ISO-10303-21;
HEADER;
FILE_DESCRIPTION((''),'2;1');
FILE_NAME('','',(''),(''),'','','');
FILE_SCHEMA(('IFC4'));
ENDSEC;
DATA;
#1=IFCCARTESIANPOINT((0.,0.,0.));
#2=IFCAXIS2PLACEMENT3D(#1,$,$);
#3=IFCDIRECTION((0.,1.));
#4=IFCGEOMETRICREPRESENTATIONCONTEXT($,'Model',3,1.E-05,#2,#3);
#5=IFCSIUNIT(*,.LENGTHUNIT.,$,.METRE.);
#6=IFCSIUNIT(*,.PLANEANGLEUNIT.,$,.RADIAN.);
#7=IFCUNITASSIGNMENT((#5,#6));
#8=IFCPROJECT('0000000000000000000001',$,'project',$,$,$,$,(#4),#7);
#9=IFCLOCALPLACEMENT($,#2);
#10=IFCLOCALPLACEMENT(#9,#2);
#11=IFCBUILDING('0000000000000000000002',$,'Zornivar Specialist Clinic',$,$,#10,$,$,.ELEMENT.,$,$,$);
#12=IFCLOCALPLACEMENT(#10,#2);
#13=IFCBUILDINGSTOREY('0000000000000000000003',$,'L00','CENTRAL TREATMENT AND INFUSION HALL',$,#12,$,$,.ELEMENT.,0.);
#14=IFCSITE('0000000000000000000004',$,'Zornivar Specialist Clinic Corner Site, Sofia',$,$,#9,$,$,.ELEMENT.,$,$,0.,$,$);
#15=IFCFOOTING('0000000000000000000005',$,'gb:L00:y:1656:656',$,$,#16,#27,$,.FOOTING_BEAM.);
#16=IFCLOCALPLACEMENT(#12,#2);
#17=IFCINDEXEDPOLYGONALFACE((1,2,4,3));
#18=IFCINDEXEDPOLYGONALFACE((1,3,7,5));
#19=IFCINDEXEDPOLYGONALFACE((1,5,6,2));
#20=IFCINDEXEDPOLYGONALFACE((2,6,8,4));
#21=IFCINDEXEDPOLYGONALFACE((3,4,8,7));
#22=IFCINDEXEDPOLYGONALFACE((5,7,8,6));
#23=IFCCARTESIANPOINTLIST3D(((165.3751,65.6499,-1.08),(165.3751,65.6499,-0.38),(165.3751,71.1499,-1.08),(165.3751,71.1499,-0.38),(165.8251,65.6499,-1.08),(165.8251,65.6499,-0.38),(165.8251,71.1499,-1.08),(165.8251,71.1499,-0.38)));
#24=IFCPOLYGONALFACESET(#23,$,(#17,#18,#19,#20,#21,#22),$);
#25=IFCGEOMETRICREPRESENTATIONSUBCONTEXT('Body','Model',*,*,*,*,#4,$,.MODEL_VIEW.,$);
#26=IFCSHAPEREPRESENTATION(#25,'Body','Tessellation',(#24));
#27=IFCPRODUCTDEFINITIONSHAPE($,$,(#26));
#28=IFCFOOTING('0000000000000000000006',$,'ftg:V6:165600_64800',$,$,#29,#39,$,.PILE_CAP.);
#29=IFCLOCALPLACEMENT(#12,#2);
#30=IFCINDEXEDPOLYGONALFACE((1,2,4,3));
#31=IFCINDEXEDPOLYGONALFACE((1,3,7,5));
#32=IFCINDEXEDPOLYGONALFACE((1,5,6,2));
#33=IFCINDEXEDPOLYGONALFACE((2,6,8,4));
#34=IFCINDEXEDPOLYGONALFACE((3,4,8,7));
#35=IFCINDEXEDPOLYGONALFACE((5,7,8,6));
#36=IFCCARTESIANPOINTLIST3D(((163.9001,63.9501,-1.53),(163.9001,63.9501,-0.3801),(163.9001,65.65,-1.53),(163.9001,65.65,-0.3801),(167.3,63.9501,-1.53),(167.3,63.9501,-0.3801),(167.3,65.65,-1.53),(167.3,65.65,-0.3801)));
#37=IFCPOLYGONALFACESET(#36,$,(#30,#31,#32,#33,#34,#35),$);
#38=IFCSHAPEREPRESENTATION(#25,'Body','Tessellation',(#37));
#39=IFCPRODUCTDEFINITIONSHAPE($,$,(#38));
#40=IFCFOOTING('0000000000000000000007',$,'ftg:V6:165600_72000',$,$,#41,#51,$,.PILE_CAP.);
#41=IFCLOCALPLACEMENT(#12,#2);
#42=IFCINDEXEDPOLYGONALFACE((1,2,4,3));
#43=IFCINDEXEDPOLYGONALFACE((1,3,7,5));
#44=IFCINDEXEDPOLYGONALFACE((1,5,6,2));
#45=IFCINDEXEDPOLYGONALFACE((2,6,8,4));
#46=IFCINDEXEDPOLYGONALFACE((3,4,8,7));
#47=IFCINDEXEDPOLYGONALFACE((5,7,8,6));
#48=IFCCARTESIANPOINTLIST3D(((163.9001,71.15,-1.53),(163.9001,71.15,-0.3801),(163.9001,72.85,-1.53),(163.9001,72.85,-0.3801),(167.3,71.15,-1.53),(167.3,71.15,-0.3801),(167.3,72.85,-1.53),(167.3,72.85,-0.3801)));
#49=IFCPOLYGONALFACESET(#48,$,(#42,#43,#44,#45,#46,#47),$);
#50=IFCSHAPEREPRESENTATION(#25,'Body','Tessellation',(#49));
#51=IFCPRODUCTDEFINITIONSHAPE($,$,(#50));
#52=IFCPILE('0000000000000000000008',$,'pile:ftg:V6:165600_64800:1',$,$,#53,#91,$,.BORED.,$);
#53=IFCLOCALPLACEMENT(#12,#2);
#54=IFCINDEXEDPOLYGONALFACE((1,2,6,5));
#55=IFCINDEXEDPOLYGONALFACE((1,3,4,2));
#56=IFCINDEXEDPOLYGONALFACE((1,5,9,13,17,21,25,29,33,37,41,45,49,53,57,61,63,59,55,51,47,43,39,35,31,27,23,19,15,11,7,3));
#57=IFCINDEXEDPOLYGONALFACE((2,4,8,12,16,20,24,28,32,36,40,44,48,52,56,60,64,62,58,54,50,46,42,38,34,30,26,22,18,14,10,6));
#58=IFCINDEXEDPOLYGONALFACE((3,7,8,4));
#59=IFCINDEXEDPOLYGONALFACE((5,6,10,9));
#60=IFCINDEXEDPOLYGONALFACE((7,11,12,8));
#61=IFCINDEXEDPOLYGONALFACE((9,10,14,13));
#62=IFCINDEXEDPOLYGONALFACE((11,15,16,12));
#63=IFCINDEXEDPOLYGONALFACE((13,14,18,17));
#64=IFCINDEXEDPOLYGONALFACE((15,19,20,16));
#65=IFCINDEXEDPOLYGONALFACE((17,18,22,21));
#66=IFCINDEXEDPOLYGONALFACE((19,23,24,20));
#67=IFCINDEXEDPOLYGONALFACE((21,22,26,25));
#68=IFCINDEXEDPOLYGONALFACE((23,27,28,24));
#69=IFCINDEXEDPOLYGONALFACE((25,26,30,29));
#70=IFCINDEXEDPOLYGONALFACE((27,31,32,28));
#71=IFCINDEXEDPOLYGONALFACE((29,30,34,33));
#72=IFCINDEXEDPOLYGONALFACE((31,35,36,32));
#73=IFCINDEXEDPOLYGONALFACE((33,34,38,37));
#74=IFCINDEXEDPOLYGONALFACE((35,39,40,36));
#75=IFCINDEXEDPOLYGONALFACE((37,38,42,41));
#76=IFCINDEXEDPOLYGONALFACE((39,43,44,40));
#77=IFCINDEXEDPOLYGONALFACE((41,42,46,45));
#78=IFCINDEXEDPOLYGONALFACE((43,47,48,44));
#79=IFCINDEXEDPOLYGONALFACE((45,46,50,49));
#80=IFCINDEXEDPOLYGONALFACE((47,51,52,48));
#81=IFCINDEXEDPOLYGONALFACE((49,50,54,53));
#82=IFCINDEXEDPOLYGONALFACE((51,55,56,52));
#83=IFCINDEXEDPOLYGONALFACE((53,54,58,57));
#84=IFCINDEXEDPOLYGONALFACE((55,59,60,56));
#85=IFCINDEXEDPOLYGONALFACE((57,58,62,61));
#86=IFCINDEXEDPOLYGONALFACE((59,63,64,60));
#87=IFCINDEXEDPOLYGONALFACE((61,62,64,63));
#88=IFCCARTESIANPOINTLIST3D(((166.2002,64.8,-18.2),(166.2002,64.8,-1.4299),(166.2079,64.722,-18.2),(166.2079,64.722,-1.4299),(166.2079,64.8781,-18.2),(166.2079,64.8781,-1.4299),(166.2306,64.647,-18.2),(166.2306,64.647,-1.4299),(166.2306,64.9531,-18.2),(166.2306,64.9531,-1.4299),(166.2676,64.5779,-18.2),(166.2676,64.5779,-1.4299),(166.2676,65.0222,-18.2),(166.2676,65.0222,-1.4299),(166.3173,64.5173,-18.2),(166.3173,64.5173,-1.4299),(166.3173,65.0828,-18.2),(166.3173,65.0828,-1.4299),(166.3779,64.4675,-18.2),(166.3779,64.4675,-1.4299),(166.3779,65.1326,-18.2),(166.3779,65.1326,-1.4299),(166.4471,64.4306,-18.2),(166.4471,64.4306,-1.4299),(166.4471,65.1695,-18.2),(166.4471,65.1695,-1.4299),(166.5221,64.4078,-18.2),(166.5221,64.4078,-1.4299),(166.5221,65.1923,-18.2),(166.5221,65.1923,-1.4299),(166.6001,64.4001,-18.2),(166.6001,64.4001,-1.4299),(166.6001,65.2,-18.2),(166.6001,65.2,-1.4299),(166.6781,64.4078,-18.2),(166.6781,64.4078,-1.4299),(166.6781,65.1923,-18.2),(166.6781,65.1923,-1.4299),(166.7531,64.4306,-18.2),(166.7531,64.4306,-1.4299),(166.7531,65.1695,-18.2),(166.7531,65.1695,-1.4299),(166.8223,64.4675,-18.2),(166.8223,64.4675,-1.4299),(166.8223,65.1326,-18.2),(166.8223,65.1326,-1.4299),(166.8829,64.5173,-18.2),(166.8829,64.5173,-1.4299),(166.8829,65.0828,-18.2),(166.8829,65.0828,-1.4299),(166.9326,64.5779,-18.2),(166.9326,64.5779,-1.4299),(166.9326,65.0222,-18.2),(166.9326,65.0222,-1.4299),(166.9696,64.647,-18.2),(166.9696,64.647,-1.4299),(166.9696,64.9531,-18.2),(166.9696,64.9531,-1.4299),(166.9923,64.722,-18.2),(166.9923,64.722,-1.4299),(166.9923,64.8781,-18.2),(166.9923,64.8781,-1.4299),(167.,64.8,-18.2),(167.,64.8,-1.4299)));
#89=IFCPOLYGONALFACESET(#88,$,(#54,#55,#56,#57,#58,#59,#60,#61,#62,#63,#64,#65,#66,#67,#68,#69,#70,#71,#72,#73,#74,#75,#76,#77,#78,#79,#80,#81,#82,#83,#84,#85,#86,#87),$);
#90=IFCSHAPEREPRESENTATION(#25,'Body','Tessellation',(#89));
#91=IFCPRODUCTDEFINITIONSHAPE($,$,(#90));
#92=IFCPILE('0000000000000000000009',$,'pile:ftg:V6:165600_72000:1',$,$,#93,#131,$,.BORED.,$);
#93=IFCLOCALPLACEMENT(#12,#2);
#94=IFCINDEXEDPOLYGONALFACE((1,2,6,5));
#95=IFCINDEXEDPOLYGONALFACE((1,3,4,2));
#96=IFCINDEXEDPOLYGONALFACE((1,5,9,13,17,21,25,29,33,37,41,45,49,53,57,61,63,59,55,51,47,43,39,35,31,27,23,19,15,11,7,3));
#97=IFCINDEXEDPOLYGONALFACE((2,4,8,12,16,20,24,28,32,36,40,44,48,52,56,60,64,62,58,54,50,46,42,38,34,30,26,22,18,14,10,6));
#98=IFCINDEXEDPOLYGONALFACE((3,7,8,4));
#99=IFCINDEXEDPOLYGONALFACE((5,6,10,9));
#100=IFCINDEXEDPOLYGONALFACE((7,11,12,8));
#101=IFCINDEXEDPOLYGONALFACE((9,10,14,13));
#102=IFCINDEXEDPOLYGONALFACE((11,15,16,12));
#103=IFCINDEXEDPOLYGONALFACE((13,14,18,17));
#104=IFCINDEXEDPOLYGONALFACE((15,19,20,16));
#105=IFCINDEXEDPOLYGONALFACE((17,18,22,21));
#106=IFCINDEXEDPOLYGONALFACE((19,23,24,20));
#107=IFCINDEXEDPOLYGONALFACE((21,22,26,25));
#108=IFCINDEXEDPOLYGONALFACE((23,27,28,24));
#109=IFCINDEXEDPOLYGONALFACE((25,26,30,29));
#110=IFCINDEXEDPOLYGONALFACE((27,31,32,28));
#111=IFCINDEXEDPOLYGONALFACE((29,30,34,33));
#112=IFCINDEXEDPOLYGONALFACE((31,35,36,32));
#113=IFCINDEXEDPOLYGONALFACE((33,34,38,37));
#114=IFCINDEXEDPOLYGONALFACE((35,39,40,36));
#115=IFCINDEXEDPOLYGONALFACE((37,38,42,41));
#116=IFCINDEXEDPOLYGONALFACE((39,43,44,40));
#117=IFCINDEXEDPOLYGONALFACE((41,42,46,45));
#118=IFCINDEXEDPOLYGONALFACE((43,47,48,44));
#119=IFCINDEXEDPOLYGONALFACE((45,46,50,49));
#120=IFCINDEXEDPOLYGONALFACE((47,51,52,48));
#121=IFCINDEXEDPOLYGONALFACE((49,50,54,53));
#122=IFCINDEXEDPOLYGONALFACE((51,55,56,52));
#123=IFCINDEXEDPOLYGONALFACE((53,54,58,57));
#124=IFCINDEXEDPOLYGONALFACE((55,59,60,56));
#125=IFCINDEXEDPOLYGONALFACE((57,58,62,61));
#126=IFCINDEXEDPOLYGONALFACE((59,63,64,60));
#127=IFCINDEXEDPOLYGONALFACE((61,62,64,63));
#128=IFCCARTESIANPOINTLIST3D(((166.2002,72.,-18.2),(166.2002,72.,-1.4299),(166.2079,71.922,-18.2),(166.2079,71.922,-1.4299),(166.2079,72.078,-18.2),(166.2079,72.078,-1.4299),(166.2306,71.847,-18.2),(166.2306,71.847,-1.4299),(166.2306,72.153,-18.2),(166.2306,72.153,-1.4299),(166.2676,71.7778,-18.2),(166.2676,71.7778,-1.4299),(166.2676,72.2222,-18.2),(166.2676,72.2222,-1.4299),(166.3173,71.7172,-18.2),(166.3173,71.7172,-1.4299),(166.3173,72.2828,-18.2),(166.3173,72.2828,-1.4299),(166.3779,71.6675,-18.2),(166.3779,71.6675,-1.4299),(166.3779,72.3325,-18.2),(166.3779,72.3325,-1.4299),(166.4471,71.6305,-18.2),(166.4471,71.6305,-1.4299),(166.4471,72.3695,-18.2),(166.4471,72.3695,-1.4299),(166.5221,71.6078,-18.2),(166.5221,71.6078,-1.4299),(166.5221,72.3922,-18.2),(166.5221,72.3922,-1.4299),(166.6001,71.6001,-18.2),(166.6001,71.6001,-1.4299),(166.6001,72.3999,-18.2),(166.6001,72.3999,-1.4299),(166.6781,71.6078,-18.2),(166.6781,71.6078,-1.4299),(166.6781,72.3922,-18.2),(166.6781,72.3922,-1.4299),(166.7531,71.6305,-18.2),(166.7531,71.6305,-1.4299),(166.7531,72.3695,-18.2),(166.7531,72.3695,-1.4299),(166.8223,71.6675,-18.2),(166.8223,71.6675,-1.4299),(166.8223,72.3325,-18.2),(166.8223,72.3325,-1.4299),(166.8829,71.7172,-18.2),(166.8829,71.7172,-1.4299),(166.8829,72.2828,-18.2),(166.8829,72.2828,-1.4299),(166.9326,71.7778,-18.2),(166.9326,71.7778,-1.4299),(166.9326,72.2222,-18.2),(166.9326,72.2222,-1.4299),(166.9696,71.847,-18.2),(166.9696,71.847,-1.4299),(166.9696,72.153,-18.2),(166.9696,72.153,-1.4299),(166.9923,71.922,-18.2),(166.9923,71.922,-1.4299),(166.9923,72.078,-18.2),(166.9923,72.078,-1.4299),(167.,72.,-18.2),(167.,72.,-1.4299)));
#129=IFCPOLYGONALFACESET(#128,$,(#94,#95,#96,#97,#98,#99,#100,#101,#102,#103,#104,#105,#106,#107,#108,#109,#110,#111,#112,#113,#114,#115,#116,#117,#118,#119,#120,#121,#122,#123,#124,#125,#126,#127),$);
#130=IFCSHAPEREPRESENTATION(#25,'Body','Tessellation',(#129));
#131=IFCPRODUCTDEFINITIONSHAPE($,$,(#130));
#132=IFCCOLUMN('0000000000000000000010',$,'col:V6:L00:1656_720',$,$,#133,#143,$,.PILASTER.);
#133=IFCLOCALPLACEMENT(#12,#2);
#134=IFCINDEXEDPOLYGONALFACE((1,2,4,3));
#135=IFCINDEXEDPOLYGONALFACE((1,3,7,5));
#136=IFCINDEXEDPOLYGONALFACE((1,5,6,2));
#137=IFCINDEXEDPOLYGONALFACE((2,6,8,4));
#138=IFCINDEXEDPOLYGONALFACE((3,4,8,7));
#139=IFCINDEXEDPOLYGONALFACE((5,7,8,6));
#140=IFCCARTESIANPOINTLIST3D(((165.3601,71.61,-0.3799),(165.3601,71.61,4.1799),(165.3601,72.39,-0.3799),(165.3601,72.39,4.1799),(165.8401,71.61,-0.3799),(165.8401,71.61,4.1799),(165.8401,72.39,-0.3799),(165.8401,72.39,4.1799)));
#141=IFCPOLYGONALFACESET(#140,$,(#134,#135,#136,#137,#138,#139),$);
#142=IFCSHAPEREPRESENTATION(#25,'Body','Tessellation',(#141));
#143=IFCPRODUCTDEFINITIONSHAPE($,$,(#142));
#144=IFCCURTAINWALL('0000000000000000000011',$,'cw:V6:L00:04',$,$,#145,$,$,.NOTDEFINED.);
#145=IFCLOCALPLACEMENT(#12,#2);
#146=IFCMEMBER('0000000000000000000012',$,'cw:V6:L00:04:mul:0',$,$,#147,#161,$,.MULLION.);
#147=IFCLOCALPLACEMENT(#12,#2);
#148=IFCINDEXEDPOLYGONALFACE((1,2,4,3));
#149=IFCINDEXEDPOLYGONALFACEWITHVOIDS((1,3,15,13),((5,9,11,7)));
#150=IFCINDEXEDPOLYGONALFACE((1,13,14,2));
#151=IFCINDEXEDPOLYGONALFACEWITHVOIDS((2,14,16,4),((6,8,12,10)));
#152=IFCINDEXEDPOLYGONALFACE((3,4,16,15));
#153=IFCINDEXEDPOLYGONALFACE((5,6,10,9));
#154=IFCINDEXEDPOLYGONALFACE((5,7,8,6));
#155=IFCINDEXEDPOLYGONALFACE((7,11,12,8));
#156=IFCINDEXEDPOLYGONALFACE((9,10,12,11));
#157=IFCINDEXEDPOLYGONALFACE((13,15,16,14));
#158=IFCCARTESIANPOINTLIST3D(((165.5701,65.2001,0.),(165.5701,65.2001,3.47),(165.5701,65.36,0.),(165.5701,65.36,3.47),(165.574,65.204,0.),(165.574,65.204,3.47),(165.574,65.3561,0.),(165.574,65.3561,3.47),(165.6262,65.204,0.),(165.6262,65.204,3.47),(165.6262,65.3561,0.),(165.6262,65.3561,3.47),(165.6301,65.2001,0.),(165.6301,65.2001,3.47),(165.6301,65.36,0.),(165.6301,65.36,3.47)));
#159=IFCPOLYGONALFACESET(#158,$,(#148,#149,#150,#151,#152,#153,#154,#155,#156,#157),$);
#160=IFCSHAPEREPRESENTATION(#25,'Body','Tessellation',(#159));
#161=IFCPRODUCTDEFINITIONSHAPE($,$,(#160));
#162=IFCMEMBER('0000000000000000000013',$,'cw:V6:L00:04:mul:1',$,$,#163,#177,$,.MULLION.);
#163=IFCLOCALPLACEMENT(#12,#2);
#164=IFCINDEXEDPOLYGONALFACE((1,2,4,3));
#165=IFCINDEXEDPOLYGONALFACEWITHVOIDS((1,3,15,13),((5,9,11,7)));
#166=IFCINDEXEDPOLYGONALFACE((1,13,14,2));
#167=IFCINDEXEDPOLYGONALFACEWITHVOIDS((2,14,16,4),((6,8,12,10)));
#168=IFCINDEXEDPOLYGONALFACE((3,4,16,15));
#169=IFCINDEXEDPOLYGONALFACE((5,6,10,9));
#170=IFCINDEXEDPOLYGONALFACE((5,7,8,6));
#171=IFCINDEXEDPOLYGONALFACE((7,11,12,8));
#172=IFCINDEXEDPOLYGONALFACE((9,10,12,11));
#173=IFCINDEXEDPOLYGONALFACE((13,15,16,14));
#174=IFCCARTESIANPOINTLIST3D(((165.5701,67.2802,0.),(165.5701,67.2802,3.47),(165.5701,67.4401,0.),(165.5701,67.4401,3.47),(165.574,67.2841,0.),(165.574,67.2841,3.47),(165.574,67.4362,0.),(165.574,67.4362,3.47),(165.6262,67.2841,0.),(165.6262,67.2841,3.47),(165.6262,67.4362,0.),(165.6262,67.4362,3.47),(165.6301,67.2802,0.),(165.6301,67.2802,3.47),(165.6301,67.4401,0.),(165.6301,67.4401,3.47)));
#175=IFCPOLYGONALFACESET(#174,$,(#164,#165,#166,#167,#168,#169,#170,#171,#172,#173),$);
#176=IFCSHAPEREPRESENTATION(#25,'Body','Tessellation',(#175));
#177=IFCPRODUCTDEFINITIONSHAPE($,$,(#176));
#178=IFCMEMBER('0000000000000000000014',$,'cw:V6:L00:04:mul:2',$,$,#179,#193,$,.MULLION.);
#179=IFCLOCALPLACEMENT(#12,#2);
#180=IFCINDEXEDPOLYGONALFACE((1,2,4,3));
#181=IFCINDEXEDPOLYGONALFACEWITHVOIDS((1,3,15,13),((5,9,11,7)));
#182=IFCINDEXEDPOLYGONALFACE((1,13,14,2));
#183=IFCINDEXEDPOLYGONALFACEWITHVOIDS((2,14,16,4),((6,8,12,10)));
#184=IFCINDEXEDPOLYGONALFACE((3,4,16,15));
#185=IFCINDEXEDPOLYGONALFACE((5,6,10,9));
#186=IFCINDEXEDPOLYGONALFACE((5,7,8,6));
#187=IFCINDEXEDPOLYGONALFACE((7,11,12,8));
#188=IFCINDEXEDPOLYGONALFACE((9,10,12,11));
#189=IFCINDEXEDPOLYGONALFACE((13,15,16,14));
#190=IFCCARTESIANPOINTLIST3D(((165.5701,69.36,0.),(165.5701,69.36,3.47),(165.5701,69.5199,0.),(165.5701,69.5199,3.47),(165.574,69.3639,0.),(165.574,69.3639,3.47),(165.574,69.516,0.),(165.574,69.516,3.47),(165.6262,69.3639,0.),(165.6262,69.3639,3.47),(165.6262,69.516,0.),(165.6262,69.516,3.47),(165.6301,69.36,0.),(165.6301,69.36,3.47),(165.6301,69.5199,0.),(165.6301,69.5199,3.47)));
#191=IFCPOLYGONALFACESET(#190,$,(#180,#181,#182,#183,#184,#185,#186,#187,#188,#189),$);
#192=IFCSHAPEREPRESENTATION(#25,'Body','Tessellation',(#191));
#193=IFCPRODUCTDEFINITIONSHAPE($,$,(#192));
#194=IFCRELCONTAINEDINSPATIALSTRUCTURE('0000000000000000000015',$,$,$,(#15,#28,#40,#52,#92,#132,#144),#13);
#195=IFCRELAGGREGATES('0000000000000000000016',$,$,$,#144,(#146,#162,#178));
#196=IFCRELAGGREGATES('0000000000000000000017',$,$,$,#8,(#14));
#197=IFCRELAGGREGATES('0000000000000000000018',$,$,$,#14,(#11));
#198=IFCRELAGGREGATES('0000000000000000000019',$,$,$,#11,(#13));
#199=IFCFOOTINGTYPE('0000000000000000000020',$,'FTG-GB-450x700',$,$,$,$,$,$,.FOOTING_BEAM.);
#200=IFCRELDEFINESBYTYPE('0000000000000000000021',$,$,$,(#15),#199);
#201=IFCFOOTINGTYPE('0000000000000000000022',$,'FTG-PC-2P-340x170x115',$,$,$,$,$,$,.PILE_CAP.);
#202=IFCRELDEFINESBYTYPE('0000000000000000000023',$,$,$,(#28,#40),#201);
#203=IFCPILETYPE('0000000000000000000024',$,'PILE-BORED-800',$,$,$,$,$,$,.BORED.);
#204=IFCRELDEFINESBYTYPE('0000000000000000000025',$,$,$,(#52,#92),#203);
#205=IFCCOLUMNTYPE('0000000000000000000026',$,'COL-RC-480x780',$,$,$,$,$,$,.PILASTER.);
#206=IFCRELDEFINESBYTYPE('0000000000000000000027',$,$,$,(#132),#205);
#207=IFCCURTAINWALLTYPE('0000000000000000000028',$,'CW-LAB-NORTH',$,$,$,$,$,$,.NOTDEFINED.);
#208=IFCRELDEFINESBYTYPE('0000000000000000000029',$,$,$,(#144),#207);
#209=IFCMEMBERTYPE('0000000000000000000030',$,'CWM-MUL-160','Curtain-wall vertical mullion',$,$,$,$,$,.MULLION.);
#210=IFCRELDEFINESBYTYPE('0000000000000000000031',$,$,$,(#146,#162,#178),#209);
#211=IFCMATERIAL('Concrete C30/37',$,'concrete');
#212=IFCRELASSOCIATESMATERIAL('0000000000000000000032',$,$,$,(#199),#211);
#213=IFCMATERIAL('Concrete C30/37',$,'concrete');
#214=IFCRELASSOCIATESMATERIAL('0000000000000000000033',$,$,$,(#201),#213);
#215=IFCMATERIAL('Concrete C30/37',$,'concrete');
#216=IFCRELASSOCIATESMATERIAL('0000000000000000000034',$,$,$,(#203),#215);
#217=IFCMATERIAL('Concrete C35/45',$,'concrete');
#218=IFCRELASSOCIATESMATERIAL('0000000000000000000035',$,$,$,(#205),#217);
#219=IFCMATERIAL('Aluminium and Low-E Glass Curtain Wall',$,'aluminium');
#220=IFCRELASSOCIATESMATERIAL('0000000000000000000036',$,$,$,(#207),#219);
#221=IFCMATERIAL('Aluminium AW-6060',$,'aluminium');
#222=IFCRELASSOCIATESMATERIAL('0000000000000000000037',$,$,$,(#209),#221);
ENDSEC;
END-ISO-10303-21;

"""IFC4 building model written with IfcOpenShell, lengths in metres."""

from ifc_helpers import new_model, si_unit, direction, frame, origin, origin_2d, place, context, subcontext, project, spatial, rectangle, hollow_rectangle, circle, extrude, material, material_profile, profile_set, type_object, element, aggregate, save


model = new_model("IFC4")

# Units and contexts
model_context = context("Model", 3, precision=1e-05, world=origin(), true_north=direction((0.0, 1.0)))
body_context = subcontext(model_context, "Body", "Model", "MODEL_VIEW")
ifc_project = project(units=[si_unit("LENGTHUNIT", "METRE"), si_unit("PLANEANGLEUNIT", "RADIAN")], contexts=[model_context])

# Site, building, storey
site_placement = place(None, origin())
site = spatial("IfcSite", under=ifc_project, at=site_placement, Name="Zornivar Specialist Clinic Corner Site, Sofia", CompositionType="ELEMENT", RefElevation=0.0)
building_placement = place(site_placement, origin())
building = spatial("IfcBuilding", under=site, at=building_placement, Name="Zornivar Specialist Clinic", CompositionType="ELEMENT")
storey_placement = place(building_placement, origin())
storey = spatial("IfcBuildingStorey", under=building, at=storey_placement, Name="L00", Description="CENTRAL TREATMENT AND INFUSION HALL", CompositionType="ELEMENT", Elevation=0.0)

# Footings
ifc_material_1 = material(Name="Concrete C30/37", Category="concrete")
ifc_material_profile_1 = material_profile(ifc_material_1, rectangle(XDim=0.45, YDim=0.7, at=origin_2d()), Name="RC 450x700")
ifc_profile_set_1 = profile_set([ifc_material_profile_1], Name="Concrete C30/37")
footing_type_1 = type_object("IfcFootingType", Name="FTG-GB-450x700", PredefinedType="FOOTING_BEAM", material=ifc_profile_set_1)
footing_placement = place(storey_placement, frame((165.6001, 65.6499, -0.73), z_axis=(0.0, 1.0, 0.0), x_axis=(-1.0, 0.0, 0.0)))
element("IfcFooting", 1, at=footing_placement, inside=storey, type_object=footing_type_1, Name="gb:L00:y:1656:656", PredefinedType="FOOTING_BEAM", context=body_context, shape_type="SweptSolid", body=[
    extrude(rectangle(XDim=0.45, YDim=0.7, at=origin_2d()), origin(), (0.0, 0.0, 1.0), 5.5),
])
ifc_material_2 = material(Name="Concrete C30/37", Category="concrete")
footing_type_2 = type_object("IfcFootingType", Name="FTG-PC-2P-340x170x115", PredefinedType="PILE_CAP", material=ifc_material_2)
for number, where, z_axis, x_axis, name in (
    (2, (165.6001, 64.8, -1.53), (0.0, 0.0, 1.0), (1.0, 0.0, 0.0), "ftg:V6:165600_64800"),
    (3, (165.6001, 72.0, -1.53), (0.0, 0.0, 1.0), (1.0, 0.0, 0.0), "ftg:V6:165600_72000"),
):
    element("IfcFooting", number, at=place(storey_placement, frame(where, z_axis=z_axis, x_axis=x_axis)), inside=storey, type_object=footing_type_2, Name=name, PredefinedType="PILE_CAP", context=body_context, shape_type="SweptSolid", body=[
        extrude(rectangle(XDim=3.3999, YDim=1.7, at=origin_2d()), origin(), (0.0, 0.0, 1.0), 1.1499),
    ])

# Piles
ifc_material_3 = material(Name="Concrete C30/37", Category="concrete")
ifc_material_profile_2 = material_profile(ifc_material_3, circle(Radius=0.3999, at=origin_2d()), Name="PILE D800")
ifc_profile_set_2 = profile_set([ifc_material_profile_2], Name="Concrete C30/37")
pile_type = type_object("IfcPileType", Name="PILE-BORED-800", PredefinedType="BORED", material=ifc_profile_set_2)
for number, where, z_axis, x_axis, name in (
    (4, (166.6001, 64.8, -1.4299), (0.0, 0.0, -1.0), (1.0, 0.0, 0.0), "pile:ftg:V6:165600_64800:1"),
    (5, (166.6001, 72.0, -1.4299), (0.0, 0.0, -1.0), (1.0, 0.0, 0.0), "pile:ftg:V6:165600_72000:1"),
):
    element("IfcPile", number, at=place(storey_placement, frame(where, z_axis=z_axis, x_axis=x_axis)), inside=storey, type_object=pile_type, Name=name, PredefinedType="BORED", context=body_context, shape_type="SweptSolid", body=[
        extrude(circle(Radius=0.3999, at=origin_2d()), origin(), (0.0, 0.0, 1.0), 16.77),
    ])

# Column
ifc_material_4 = material(Name="Concrete C35/45", Category="concrete")
ifc_material_profile_3 = material_profile(ifc_material_4, rectangle(XDim=0.48, YDim=0.78, at=origin_2d()), Name="RC 480x780")
ifc_profile_set_3 = profile_set([ifc_material_profile_3], Name="Concrete C35/45")
column_type = type_object("IfcColumnType", Name="COL-RC-480x780", PredefinedType="PILASTER", material=ifc_profile_set_3)
column_placement = place(storey_placement, frame((165.6001, 72.0, -0.3799), z_axis=(0.0, 0.0, 1.0), x_axis=(1.0, 0.0, 0.0)))
element("IfcColumn", 6, at=column_placement, inside=storey, type_object=column_type, Name="col:V6:L00:1656_720", PredefinedType="PILASTER", context=body_context, shape_type="SweptSolid", body=[
    extrude(rectangle(XDim=0.48, YDim=0.78, at=origin_2d()), origin(), (0.0, 0.0, 1.0), 4.5598),
])

# Curtain wall, members
ifc_material_5 = material(Name="Aluminium and Low-E Glass Curtain Wall", Category="aluminium")
curtain_wall_type = type_object("IfcCurtainWallType", Name="CW-LAB-NORTH", PredefinedType="NOTDEFINED", material=ifc_material_5)
curtain_wall_placement = place(storey_placement, origin())
curtain_wall = element("IfcCurtainWall", 7, at=curtain_wall_placement, inside=storey, type_object=curtain_wall_type, Name="cw:V6:L00:04", PredefinedType="NOTDEFINED")
ifc_material_6 = material(Name="Aluminium AW-6060", Category="aluminium")
ifc_material_profile_4 = material_profile(ifc_material_6, hollow_rectangle(XDim=0.0601, YDim=0.1599, WallThickness=0.0039, at=origin_2d()), Name="ALU 60x160x4")
ifc_profile_set_4 = profile_set([ifc_material_profile_4], Name="Aluminium AW-6060")
member_type_1 = type_object("IfcMemberType", Name="CWM-MUL-160", Description="Curtain-wall vertical mullion", PredefinedType="MULLION", material=ifc_profile_set_4)
member_1_placement = place(storey_placement, frame((165.6001, 65.28, 0.0), z_axis=(0.0, 0.0, 1.0), x_axis=(1.0, 0.0, 0.0)))
member_1 = element("IfcMember", 8, at=member_1_placement, type_object=member_type_1, Name="cw:V6:L00:04:mul:0", PredefinedType="MULLION", context=body_context, shape_type="SweptSolid", body=[
    extrude(hollow_rectangle(XDim=0.0601, YDim=0.1599, WallThickness=0.0039, at=origin_2d()), origin(), (0.0, 0.0, 1.0), 3.47),
])
member_2_placement = place(storey_placement, frame((165.6001, 67.3601, 0.0), z_axis=(0.0, 0.0, 1.0), x_axis=(1.0, 0.0, 0.0)))
member_2 = element("IfcMember", 9, at=member_2_placement, type_object=member_type_1, Name="cw:V6:L00:04:mul:1", PredefinedType="MULLION", context=body_context, shape_type="SweptSolid", body=[
    extrude(hollow_rectangle(XDim=0.0601, YDim=0.1599, WallThickness=0.0039, at=origin_2d()), origin(), (0.0, 0.0, 1.0), 3.47),
])
member_3_placement = place(storey_placement, frame((165.6001, 69.4399, 0.0), z_axis=(0.0, 0.0, 1.0), x_axis=(1.0, 0.0, 0.0)))
member_3 = element("IfcMember", 10, at=member_3_placement, type_object=member_type_1, Name="cw:V6:L00:04:mul:2", PredefinedType="MULLION", context=body_context, shape_type="SweptSolid", body=[
    extrude(hollow_rectangle(XDim=0.0601, YDim=0.1599, WallThickness=0.0039, at=origin_2d()), origin(), (0.0, 0.0, 1.0), 3.47),
])
aggregate(curtain_wall, [member_1, member_2, member_3])

save(model, "model.ifc")
